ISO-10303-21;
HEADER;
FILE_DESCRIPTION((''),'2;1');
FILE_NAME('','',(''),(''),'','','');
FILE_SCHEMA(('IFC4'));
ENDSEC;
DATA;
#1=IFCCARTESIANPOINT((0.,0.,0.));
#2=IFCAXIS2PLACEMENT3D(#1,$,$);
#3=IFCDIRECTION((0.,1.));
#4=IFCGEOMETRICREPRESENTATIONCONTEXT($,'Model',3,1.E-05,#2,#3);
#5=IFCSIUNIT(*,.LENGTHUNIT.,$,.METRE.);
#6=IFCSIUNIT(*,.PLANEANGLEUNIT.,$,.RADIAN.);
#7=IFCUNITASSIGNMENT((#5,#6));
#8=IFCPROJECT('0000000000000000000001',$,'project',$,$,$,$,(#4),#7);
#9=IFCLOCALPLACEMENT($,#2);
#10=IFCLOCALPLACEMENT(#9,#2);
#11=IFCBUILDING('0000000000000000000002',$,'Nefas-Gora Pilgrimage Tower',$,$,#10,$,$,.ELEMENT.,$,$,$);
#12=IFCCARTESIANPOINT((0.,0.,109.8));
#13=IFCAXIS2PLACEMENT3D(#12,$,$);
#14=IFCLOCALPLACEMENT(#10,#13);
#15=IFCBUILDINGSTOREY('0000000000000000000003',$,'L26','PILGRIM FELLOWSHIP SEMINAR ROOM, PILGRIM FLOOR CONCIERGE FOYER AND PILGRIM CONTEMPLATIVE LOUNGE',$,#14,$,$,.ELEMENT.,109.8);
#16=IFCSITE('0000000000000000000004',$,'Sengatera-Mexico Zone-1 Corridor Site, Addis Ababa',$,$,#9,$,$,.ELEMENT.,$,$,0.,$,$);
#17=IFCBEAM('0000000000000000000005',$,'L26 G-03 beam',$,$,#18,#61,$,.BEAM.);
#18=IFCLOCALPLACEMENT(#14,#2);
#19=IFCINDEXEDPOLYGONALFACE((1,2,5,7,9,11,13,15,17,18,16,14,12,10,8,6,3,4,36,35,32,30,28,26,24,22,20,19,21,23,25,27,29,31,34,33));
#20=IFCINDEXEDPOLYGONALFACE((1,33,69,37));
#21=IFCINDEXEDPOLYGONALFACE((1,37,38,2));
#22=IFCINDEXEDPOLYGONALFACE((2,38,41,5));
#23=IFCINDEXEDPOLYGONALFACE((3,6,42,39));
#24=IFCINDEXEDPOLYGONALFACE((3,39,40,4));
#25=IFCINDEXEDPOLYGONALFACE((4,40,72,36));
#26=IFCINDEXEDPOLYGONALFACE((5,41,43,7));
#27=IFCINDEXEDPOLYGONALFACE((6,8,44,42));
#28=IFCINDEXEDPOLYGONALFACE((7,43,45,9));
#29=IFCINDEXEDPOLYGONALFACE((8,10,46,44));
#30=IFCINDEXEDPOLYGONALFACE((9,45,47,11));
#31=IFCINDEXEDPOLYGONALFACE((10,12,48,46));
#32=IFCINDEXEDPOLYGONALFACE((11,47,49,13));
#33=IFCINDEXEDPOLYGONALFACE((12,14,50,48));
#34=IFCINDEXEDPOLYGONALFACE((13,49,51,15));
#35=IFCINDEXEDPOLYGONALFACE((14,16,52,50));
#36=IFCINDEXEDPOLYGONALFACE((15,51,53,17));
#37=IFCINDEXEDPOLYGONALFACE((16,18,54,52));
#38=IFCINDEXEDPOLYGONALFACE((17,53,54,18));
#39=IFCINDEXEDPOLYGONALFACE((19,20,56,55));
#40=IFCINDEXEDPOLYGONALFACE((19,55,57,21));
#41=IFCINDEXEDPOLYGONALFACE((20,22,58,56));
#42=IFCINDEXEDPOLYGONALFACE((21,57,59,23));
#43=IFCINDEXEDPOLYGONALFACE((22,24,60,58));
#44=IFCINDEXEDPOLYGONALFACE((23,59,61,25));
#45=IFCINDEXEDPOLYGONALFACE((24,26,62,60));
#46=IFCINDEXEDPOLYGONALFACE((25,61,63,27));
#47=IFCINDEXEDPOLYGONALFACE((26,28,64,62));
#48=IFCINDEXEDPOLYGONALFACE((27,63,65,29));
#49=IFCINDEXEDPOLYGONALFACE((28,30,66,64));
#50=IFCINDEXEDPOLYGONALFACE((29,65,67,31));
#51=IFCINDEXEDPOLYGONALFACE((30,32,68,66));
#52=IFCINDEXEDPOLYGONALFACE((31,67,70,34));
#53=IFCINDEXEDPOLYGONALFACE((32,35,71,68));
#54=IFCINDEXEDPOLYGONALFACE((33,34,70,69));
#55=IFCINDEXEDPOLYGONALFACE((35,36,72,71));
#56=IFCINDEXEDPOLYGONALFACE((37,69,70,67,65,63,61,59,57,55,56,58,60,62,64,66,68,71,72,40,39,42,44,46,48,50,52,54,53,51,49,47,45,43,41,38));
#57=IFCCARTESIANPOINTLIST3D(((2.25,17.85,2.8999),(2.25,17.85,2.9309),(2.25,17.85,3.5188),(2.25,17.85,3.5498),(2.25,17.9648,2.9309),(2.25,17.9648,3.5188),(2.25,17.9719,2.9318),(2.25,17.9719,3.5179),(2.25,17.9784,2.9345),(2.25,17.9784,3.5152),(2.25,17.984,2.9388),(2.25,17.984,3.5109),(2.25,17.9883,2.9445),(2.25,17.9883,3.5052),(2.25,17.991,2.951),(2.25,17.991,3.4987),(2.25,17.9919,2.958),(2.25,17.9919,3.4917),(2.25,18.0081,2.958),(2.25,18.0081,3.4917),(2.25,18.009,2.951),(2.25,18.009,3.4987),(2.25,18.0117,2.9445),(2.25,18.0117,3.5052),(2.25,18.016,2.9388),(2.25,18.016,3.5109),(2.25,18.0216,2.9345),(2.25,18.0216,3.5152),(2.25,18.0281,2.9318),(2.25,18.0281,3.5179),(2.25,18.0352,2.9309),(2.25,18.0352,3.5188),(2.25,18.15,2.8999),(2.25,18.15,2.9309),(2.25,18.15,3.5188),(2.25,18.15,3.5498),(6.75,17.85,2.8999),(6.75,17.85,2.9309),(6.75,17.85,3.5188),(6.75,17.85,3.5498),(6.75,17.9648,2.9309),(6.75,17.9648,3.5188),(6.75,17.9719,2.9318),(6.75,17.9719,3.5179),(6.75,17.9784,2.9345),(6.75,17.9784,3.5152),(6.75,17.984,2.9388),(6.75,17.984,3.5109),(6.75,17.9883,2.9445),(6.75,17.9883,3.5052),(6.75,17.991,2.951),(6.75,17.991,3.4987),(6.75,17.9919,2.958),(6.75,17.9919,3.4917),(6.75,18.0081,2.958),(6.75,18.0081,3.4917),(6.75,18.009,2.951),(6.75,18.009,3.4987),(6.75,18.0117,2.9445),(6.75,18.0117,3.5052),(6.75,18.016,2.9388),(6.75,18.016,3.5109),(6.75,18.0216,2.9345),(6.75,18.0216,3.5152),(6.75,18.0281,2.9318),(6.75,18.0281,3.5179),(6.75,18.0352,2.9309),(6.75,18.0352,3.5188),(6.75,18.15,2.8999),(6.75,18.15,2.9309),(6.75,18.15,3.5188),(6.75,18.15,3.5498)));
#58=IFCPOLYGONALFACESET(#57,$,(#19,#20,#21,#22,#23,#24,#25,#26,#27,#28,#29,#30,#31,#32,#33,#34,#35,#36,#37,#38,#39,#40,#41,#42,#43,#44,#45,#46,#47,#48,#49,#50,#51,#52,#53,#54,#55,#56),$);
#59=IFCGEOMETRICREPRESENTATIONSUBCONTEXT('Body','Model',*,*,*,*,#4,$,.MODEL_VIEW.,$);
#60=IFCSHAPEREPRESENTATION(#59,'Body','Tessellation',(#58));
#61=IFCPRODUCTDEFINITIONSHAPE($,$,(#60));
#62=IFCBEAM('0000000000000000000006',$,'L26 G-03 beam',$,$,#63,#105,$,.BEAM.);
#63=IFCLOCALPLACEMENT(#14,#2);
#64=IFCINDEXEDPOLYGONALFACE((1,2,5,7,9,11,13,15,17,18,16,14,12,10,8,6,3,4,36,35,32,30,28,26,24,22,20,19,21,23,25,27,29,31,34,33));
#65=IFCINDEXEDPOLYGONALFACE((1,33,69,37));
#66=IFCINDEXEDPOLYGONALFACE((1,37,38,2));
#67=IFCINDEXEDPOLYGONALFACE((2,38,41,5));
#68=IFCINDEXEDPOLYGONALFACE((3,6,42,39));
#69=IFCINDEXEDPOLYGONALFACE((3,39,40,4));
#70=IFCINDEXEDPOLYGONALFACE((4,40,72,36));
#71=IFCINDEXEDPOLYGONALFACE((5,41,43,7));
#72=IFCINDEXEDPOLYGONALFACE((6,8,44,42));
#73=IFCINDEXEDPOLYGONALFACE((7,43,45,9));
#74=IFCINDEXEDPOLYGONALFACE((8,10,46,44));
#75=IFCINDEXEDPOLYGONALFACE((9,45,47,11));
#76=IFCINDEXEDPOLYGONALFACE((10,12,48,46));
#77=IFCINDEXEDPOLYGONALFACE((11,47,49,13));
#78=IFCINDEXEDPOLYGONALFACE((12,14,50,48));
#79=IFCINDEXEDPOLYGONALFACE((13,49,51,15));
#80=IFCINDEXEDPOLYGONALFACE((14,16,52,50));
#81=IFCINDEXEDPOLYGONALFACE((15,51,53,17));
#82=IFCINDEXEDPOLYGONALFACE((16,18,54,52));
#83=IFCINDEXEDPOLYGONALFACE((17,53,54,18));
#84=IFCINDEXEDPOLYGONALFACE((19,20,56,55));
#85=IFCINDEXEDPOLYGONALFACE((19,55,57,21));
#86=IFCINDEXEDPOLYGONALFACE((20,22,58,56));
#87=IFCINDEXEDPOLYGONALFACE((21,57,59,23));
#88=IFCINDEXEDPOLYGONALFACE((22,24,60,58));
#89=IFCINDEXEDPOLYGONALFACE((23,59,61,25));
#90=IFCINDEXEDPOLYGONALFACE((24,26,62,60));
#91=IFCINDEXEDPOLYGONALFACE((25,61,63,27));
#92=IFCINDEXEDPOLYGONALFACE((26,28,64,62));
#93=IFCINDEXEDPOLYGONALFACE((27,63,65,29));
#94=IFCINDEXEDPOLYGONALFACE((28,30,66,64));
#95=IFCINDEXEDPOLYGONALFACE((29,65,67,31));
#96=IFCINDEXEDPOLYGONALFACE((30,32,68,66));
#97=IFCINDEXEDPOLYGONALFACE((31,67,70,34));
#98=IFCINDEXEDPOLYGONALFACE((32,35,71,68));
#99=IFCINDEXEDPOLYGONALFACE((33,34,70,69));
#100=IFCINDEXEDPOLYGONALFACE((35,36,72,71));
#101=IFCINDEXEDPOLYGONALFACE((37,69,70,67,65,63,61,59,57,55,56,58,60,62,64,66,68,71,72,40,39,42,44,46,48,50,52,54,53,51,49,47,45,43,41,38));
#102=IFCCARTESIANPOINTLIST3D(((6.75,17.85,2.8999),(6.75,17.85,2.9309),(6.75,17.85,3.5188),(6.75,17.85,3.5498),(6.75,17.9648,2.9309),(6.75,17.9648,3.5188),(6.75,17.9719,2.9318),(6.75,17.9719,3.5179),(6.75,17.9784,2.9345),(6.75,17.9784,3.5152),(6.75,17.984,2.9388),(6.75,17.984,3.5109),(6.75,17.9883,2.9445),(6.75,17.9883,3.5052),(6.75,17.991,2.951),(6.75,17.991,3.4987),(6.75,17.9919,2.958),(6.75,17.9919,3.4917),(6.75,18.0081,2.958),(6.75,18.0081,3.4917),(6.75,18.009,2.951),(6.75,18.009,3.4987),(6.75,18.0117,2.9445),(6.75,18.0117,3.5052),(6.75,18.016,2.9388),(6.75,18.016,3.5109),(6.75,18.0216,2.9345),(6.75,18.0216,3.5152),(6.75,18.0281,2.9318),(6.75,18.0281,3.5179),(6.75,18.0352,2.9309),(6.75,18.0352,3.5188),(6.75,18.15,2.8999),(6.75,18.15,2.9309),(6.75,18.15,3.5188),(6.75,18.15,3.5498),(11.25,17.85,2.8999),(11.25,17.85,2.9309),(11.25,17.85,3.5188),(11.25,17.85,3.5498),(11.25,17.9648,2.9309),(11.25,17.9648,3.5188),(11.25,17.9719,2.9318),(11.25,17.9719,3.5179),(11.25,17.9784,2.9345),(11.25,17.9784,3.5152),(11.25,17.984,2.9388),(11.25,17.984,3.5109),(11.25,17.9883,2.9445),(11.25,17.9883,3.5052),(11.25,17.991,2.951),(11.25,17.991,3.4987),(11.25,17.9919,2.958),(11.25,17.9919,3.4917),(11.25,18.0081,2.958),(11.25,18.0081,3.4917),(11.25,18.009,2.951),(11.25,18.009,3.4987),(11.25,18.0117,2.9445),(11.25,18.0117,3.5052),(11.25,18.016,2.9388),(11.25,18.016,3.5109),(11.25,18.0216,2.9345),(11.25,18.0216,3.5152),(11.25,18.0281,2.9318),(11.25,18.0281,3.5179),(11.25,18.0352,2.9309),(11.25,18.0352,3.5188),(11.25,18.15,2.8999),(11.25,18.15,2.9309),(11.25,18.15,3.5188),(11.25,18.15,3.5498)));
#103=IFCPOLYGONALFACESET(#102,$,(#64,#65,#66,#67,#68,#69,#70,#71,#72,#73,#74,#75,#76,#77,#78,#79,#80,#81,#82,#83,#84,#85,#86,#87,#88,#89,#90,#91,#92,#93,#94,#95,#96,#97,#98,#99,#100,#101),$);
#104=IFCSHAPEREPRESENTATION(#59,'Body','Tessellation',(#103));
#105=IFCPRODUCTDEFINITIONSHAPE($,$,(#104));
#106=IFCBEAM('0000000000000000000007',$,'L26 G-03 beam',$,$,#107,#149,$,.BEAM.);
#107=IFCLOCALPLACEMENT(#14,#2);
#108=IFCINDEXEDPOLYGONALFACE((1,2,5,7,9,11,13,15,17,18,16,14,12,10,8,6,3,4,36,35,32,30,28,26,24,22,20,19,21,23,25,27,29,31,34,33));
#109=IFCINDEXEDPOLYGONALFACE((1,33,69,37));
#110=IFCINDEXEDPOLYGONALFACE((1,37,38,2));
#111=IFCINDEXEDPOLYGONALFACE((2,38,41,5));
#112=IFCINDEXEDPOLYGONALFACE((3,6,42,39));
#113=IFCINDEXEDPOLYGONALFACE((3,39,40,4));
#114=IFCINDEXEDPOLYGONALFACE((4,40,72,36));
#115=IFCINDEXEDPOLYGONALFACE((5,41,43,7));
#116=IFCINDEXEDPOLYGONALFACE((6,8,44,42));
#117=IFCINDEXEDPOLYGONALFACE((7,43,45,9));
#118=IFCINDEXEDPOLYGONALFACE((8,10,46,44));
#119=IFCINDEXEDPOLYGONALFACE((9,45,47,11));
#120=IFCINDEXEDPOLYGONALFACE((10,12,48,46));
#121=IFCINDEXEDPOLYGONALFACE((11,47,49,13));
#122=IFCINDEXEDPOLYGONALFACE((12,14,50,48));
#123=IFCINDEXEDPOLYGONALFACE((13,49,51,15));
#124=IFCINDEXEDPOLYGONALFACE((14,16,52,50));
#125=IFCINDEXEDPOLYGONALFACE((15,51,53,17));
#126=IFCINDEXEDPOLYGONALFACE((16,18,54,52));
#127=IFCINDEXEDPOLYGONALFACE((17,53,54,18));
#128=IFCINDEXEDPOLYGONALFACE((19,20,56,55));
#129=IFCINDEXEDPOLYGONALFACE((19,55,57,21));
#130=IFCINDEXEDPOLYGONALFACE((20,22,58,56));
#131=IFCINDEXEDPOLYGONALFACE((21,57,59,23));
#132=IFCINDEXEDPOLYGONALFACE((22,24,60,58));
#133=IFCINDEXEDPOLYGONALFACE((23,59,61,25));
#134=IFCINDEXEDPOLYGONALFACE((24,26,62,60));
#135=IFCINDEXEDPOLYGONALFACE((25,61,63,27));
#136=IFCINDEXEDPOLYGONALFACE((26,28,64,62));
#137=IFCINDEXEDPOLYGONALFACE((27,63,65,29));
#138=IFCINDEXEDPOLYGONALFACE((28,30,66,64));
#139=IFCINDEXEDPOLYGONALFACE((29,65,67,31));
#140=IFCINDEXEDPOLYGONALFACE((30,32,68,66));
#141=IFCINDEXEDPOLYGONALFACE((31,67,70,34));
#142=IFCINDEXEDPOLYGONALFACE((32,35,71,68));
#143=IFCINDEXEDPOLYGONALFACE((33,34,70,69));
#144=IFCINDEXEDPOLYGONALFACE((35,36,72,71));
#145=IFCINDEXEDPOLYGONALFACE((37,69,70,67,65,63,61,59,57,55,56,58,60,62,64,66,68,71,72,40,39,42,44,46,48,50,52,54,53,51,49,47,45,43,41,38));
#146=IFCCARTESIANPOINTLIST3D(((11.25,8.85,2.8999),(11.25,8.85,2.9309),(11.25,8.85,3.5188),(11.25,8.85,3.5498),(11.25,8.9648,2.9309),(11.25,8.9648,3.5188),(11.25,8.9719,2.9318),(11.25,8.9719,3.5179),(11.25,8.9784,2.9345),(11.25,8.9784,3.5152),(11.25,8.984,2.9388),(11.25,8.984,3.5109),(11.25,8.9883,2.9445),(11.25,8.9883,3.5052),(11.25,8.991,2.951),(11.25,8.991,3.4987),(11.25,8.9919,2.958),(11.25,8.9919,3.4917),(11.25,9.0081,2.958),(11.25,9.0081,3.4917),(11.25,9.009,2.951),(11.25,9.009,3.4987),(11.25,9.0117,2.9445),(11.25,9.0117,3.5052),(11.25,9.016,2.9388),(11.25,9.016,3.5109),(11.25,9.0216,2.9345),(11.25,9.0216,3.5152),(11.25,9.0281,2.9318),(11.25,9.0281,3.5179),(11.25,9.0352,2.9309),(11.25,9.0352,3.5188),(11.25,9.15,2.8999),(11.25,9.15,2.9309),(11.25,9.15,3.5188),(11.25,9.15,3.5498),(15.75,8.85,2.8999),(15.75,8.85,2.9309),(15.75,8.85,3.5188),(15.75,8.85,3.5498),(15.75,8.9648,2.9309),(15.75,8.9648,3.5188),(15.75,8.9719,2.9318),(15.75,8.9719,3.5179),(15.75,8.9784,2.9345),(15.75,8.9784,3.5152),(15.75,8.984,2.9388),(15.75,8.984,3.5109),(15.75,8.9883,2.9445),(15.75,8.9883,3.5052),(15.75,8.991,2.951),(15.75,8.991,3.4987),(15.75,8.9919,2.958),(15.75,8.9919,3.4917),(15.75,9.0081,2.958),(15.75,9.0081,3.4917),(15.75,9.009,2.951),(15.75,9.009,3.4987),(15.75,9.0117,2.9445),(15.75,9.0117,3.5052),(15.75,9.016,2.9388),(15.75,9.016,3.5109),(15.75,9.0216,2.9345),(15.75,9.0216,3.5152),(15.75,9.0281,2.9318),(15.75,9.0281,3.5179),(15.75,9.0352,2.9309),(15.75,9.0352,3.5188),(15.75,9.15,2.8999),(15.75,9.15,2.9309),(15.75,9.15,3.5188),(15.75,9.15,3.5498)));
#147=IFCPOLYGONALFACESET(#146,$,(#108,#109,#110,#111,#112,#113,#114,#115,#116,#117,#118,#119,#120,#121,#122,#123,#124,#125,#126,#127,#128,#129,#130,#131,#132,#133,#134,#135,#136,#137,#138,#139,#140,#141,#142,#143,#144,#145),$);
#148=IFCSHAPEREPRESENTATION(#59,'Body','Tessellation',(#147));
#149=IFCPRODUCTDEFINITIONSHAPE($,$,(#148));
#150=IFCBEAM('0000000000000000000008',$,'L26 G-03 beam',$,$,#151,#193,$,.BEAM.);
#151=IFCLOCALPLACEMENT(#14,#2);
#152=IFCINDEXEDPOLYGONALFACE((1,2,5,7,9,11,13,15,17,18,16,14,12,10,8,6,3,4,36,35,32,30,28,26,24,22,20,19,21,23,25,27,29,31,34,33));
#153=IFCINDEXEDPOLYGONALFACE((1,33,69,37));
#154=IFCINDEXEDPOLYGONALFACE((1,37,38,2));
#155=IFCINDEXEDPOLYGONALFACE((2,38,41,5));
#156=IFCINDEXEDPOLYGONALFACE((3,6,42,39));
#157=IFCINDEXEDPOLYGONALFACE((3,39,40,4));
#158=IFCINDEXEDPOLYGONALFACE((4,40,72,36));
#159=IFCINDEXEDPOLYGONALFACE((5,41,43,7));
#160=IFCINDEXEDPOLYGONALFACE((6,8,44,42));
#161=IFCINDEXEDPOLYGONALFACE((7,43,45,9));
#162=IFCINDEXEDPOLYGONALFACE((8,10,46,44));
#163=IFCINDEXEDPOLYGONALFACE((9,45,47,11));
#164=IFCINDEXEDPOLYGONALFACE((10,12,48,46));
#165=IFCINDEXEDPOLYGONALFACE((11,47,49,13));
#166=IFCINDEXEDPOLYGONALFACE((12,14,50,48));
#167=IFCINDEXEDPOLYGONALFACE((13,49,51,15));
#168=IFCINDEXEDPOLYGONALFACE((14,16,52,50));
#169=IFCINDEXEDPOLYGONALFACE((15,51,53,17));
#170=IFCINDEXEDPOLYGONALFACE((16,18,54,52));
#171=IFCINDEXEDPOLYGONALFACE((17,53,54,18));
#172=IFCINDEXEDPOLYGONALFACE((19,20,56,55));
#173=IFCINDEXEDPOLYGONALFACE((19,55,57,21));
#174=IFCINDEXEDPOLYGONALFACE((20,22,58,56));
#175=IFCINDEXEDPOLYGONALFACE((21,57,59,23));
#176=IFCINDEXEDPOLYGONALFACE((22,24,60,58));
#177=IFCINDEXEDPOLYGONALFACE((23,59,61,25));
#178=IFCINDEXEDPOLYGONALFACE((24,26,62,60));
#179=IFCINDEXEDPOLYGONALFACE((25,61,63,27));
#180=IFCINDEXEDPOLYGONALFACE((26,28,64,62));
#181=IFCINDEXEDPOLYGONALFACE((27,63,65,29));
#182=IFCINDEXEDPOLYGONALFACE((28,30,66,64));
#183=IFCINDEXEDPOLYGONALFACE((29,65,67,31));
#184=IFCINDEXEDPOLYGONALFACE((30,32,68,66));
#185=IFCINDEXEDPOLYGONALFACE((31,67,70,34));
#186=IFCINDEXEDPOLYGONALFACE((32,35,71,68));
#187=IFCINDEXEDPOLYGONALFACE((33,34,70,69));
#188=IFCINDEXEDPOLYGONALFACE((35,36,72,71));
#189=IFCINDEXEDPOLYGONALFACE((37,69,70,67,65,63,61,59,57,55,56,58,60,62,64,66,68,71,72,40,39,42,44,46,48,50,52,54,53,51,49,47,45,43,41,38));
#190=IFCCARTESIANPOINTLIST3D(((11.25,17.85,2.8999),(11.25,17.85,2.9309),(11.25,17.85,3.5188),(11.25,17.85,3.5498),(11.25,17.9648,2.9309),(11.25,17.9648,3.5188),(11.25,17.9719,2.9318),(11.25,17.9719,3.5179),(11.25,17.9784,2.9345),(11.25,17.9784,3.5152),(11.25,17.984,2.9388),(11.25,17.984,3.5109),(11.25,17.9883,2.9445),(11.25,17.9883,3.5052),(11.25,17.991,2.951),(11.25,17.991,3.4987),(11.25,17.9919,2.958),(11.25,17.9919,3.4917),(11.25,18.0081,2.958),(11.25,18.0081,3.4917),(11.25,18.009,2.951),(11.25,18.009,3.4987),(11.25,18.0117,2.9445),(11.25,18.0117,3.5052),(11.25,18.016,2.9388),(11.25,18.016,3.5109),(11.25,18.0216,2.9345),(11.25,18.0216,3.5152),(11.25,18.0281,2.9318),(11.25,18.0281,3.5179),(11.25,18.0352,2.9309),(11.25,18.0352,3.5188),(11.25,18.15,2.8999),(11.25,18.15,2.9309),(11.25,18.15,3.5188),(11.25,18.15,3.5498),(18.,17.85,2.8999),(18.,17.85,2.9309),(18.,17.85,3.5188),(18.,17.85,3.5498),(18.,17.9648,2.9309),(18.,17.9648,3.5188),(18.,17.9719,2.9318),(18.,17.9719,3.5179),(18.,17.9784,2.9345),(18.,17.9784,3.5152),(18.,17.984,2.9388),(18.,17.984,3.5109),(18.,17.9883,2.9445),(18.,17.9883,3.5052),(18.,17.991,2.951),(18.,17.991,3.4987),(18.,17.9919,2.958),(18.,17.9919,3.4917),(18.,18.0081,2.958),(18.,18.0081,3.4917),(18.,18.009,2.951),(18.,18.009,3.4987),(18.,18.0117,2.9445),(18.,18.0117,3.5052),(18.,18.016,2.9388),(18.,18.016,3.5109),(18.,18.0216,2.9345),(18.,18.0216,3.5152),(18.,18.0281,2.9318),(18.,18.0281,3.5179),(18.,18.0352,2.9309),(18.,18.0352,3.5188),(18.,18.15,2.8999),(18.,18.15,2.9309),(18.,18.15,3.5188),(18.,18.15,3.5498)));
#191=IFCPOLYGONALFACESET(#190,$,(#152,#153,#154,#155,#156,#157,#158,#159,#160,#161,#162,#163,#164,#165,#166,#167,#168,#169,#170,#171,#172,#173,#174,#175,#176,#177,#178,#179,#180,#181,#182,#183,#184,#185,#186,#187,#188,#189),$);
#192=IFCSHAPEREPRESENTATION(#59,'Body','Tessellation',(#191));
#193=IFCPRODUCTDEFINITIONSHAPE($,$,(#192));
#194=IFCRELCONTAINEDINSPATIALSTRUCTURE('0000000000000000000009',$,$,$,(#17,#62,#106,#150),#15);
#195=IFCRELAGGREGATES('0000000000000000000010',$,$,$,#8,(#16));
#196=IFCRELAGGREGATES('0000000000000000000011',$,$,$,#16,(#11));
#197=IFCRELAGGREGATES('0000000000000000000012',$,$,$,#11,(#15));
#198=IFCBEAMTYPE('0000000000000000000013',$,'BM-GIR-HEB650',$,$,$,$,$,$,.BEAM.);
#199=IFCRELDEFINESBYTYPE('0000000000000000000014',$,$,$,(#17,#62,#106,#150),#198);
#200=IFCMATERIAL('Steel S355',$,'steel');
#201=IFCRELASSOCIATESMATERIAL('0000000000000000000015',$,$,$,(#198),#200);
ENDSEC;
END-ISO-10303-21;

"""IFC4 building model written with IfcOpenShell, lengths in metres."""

from ifc_helpers import new_model, si_unit, direction, frame, origin, origin_2d, place, context, subcontext, project, spatial, i_section, extrude, source, transform, mapped, material, material_profile, profile_set, type_object, element, save


model = new_model("IFC4")

# Units and contexts
model_context = context("Model", 3, precision=1e-05, world=origin(), true_north=direction((0.0, 1.0)))
body_context = subcontext(model_context, "Body", "Model", "MODEL_VIEW")
ifc_project = project(units=[si_unit("LENGTHUNIT", "METRE"), si_unit("PLANEANGLEUNIT", "RADIAN")], contexts=[model_context])

# Site, building, storey
site_placement = place(None, origin())
site = spatial("IfcSite", under=ifc_project, at=site_placement, Name="Sengatera-Mexico Zone-1 Corridor Site, Addis Ababa", CompositionType="ELEMENT", RefElevation=0.0)
building_placement = place(site_placement, origin())
building = spatial("IfcBuilding", under=site, at=building_placement, Name="Nefas-Gora Pilgrimage Tower", CompositionType="ELEMENT")
storey_placement = place(building_placement, frame((0.0, 0.0, 109.8)))
storey = spatial("IfcBuildingStorey", under=building, at=storey_placement, Name="L26", Description="PILGRIM FELLOWSHIP SEMINAR ROOM, PILGRIM FLOOR CONCIERGE FOYER AND PILGRIM CONTEMPLATIVE LOUNGE", CompositionType="ELEMENT", Elevation=109.8)

# Beams
ifc_material_1 = material(Name="Steel S355", Category="steel")
ifc_material_profile_1 = material_profile(ifc_material_1, i_section(OverallWidth=0.3, OverallDepth=0.6499, WebThickness=0.0161, FlangeThickness=0.031, FilletRadius=0.0271, at=origin_2d()), Name="HEB 650")
ifc_profile_set_1 = profile_set([ifc_material_profile_1], Name="Steel S355")
beam_type_1 = type_object("IfcBeamType", Name="BM-GIR-HEB650", PredefinedType="BEAM", material=ifc_profile_set_1)
shared_shape_1 = source(origin(), body_context, "Body", "SweptSolid", [
    extrude(i_section(OverallWidth=0.3, OverallDepth=0.6499, WebThickness=0.0161, FlangeThickness=0.031, FilletRadius=0.0271, at=origin_2d()), origin(), (0.0, 0.0, 1.0), 4.5),
])
for number, where, z_axis, x_axis, name in (
    (1, (2.25, 18.0, 3.2249), (1.0, 0.0, 0.0), (0.0, 1.0, 0.0), "L26 G-03 beam"),
    (2, (6.75, 18.0, 3.2249), (1.0, 0.0, 0.0), (0.0, 1.0, 0.0), "L26 G-03 beam"),
    (3, (11.25, 9.0, 3.2249), (1.0, 0.0, 0.0), (0.0, 1.0, 0.0), "L26 G-03 beam"),
):
    element("IfcBeam", number, at=place(storey_placement, frame(where, z_axis=z_axis, x_axis=x_axis)), inside=storey, type_object=beam_type_1, Name=name, PredefinedType="BEAM", context=body_context, shape_type="MappedRepresentation", body=[
        mapped(shared_shape_1, transform((0.0, 0.0, 0.0), x_axis=(1.0, 0.0, 0.0), y_axis=(0.0, 1.0, 0.0), z_axis=(0.0, 0.0, 1.0), scale=1.0)),
    ])
shared_shape_2 = source(origin(), body_context, "Body", "SweptSolid", [
    extrude(i_section(OverallWidth=0.3, OverallDepth=0.6499, WebThickness=0.0161, FlangeThickness=0.031, FilletRadius=0.0271, at=origin_2d()), origin(), (0.0, 0.0, 1.0), 6.75),
])
beam_1_placement = place(storey_placement, frame((11.25, 18.0, 3.2249), z_axis=(1.0, 0.0, 0.0), x_axis=(0.0, 1.0, 0.0)))
element("IfcBeam", 4, at=beam_1_placement, inside=storey, type_object=beam_type_1, Name="L26 G-03 beam", PredefinedType="BEAM", context=body_context, shape_type="MappedRepresentation", body=[
    mapped(shared_shape_2, transform((0.0, 0.0, 0.0), x_axis=(1.0, 0.0, 0.0), y_axis=(0.0, 1.0, 0.0), z_axis=(0.0, 0.0, 1.0), scale=1.0)),
])

save(model, "model.ifc")
